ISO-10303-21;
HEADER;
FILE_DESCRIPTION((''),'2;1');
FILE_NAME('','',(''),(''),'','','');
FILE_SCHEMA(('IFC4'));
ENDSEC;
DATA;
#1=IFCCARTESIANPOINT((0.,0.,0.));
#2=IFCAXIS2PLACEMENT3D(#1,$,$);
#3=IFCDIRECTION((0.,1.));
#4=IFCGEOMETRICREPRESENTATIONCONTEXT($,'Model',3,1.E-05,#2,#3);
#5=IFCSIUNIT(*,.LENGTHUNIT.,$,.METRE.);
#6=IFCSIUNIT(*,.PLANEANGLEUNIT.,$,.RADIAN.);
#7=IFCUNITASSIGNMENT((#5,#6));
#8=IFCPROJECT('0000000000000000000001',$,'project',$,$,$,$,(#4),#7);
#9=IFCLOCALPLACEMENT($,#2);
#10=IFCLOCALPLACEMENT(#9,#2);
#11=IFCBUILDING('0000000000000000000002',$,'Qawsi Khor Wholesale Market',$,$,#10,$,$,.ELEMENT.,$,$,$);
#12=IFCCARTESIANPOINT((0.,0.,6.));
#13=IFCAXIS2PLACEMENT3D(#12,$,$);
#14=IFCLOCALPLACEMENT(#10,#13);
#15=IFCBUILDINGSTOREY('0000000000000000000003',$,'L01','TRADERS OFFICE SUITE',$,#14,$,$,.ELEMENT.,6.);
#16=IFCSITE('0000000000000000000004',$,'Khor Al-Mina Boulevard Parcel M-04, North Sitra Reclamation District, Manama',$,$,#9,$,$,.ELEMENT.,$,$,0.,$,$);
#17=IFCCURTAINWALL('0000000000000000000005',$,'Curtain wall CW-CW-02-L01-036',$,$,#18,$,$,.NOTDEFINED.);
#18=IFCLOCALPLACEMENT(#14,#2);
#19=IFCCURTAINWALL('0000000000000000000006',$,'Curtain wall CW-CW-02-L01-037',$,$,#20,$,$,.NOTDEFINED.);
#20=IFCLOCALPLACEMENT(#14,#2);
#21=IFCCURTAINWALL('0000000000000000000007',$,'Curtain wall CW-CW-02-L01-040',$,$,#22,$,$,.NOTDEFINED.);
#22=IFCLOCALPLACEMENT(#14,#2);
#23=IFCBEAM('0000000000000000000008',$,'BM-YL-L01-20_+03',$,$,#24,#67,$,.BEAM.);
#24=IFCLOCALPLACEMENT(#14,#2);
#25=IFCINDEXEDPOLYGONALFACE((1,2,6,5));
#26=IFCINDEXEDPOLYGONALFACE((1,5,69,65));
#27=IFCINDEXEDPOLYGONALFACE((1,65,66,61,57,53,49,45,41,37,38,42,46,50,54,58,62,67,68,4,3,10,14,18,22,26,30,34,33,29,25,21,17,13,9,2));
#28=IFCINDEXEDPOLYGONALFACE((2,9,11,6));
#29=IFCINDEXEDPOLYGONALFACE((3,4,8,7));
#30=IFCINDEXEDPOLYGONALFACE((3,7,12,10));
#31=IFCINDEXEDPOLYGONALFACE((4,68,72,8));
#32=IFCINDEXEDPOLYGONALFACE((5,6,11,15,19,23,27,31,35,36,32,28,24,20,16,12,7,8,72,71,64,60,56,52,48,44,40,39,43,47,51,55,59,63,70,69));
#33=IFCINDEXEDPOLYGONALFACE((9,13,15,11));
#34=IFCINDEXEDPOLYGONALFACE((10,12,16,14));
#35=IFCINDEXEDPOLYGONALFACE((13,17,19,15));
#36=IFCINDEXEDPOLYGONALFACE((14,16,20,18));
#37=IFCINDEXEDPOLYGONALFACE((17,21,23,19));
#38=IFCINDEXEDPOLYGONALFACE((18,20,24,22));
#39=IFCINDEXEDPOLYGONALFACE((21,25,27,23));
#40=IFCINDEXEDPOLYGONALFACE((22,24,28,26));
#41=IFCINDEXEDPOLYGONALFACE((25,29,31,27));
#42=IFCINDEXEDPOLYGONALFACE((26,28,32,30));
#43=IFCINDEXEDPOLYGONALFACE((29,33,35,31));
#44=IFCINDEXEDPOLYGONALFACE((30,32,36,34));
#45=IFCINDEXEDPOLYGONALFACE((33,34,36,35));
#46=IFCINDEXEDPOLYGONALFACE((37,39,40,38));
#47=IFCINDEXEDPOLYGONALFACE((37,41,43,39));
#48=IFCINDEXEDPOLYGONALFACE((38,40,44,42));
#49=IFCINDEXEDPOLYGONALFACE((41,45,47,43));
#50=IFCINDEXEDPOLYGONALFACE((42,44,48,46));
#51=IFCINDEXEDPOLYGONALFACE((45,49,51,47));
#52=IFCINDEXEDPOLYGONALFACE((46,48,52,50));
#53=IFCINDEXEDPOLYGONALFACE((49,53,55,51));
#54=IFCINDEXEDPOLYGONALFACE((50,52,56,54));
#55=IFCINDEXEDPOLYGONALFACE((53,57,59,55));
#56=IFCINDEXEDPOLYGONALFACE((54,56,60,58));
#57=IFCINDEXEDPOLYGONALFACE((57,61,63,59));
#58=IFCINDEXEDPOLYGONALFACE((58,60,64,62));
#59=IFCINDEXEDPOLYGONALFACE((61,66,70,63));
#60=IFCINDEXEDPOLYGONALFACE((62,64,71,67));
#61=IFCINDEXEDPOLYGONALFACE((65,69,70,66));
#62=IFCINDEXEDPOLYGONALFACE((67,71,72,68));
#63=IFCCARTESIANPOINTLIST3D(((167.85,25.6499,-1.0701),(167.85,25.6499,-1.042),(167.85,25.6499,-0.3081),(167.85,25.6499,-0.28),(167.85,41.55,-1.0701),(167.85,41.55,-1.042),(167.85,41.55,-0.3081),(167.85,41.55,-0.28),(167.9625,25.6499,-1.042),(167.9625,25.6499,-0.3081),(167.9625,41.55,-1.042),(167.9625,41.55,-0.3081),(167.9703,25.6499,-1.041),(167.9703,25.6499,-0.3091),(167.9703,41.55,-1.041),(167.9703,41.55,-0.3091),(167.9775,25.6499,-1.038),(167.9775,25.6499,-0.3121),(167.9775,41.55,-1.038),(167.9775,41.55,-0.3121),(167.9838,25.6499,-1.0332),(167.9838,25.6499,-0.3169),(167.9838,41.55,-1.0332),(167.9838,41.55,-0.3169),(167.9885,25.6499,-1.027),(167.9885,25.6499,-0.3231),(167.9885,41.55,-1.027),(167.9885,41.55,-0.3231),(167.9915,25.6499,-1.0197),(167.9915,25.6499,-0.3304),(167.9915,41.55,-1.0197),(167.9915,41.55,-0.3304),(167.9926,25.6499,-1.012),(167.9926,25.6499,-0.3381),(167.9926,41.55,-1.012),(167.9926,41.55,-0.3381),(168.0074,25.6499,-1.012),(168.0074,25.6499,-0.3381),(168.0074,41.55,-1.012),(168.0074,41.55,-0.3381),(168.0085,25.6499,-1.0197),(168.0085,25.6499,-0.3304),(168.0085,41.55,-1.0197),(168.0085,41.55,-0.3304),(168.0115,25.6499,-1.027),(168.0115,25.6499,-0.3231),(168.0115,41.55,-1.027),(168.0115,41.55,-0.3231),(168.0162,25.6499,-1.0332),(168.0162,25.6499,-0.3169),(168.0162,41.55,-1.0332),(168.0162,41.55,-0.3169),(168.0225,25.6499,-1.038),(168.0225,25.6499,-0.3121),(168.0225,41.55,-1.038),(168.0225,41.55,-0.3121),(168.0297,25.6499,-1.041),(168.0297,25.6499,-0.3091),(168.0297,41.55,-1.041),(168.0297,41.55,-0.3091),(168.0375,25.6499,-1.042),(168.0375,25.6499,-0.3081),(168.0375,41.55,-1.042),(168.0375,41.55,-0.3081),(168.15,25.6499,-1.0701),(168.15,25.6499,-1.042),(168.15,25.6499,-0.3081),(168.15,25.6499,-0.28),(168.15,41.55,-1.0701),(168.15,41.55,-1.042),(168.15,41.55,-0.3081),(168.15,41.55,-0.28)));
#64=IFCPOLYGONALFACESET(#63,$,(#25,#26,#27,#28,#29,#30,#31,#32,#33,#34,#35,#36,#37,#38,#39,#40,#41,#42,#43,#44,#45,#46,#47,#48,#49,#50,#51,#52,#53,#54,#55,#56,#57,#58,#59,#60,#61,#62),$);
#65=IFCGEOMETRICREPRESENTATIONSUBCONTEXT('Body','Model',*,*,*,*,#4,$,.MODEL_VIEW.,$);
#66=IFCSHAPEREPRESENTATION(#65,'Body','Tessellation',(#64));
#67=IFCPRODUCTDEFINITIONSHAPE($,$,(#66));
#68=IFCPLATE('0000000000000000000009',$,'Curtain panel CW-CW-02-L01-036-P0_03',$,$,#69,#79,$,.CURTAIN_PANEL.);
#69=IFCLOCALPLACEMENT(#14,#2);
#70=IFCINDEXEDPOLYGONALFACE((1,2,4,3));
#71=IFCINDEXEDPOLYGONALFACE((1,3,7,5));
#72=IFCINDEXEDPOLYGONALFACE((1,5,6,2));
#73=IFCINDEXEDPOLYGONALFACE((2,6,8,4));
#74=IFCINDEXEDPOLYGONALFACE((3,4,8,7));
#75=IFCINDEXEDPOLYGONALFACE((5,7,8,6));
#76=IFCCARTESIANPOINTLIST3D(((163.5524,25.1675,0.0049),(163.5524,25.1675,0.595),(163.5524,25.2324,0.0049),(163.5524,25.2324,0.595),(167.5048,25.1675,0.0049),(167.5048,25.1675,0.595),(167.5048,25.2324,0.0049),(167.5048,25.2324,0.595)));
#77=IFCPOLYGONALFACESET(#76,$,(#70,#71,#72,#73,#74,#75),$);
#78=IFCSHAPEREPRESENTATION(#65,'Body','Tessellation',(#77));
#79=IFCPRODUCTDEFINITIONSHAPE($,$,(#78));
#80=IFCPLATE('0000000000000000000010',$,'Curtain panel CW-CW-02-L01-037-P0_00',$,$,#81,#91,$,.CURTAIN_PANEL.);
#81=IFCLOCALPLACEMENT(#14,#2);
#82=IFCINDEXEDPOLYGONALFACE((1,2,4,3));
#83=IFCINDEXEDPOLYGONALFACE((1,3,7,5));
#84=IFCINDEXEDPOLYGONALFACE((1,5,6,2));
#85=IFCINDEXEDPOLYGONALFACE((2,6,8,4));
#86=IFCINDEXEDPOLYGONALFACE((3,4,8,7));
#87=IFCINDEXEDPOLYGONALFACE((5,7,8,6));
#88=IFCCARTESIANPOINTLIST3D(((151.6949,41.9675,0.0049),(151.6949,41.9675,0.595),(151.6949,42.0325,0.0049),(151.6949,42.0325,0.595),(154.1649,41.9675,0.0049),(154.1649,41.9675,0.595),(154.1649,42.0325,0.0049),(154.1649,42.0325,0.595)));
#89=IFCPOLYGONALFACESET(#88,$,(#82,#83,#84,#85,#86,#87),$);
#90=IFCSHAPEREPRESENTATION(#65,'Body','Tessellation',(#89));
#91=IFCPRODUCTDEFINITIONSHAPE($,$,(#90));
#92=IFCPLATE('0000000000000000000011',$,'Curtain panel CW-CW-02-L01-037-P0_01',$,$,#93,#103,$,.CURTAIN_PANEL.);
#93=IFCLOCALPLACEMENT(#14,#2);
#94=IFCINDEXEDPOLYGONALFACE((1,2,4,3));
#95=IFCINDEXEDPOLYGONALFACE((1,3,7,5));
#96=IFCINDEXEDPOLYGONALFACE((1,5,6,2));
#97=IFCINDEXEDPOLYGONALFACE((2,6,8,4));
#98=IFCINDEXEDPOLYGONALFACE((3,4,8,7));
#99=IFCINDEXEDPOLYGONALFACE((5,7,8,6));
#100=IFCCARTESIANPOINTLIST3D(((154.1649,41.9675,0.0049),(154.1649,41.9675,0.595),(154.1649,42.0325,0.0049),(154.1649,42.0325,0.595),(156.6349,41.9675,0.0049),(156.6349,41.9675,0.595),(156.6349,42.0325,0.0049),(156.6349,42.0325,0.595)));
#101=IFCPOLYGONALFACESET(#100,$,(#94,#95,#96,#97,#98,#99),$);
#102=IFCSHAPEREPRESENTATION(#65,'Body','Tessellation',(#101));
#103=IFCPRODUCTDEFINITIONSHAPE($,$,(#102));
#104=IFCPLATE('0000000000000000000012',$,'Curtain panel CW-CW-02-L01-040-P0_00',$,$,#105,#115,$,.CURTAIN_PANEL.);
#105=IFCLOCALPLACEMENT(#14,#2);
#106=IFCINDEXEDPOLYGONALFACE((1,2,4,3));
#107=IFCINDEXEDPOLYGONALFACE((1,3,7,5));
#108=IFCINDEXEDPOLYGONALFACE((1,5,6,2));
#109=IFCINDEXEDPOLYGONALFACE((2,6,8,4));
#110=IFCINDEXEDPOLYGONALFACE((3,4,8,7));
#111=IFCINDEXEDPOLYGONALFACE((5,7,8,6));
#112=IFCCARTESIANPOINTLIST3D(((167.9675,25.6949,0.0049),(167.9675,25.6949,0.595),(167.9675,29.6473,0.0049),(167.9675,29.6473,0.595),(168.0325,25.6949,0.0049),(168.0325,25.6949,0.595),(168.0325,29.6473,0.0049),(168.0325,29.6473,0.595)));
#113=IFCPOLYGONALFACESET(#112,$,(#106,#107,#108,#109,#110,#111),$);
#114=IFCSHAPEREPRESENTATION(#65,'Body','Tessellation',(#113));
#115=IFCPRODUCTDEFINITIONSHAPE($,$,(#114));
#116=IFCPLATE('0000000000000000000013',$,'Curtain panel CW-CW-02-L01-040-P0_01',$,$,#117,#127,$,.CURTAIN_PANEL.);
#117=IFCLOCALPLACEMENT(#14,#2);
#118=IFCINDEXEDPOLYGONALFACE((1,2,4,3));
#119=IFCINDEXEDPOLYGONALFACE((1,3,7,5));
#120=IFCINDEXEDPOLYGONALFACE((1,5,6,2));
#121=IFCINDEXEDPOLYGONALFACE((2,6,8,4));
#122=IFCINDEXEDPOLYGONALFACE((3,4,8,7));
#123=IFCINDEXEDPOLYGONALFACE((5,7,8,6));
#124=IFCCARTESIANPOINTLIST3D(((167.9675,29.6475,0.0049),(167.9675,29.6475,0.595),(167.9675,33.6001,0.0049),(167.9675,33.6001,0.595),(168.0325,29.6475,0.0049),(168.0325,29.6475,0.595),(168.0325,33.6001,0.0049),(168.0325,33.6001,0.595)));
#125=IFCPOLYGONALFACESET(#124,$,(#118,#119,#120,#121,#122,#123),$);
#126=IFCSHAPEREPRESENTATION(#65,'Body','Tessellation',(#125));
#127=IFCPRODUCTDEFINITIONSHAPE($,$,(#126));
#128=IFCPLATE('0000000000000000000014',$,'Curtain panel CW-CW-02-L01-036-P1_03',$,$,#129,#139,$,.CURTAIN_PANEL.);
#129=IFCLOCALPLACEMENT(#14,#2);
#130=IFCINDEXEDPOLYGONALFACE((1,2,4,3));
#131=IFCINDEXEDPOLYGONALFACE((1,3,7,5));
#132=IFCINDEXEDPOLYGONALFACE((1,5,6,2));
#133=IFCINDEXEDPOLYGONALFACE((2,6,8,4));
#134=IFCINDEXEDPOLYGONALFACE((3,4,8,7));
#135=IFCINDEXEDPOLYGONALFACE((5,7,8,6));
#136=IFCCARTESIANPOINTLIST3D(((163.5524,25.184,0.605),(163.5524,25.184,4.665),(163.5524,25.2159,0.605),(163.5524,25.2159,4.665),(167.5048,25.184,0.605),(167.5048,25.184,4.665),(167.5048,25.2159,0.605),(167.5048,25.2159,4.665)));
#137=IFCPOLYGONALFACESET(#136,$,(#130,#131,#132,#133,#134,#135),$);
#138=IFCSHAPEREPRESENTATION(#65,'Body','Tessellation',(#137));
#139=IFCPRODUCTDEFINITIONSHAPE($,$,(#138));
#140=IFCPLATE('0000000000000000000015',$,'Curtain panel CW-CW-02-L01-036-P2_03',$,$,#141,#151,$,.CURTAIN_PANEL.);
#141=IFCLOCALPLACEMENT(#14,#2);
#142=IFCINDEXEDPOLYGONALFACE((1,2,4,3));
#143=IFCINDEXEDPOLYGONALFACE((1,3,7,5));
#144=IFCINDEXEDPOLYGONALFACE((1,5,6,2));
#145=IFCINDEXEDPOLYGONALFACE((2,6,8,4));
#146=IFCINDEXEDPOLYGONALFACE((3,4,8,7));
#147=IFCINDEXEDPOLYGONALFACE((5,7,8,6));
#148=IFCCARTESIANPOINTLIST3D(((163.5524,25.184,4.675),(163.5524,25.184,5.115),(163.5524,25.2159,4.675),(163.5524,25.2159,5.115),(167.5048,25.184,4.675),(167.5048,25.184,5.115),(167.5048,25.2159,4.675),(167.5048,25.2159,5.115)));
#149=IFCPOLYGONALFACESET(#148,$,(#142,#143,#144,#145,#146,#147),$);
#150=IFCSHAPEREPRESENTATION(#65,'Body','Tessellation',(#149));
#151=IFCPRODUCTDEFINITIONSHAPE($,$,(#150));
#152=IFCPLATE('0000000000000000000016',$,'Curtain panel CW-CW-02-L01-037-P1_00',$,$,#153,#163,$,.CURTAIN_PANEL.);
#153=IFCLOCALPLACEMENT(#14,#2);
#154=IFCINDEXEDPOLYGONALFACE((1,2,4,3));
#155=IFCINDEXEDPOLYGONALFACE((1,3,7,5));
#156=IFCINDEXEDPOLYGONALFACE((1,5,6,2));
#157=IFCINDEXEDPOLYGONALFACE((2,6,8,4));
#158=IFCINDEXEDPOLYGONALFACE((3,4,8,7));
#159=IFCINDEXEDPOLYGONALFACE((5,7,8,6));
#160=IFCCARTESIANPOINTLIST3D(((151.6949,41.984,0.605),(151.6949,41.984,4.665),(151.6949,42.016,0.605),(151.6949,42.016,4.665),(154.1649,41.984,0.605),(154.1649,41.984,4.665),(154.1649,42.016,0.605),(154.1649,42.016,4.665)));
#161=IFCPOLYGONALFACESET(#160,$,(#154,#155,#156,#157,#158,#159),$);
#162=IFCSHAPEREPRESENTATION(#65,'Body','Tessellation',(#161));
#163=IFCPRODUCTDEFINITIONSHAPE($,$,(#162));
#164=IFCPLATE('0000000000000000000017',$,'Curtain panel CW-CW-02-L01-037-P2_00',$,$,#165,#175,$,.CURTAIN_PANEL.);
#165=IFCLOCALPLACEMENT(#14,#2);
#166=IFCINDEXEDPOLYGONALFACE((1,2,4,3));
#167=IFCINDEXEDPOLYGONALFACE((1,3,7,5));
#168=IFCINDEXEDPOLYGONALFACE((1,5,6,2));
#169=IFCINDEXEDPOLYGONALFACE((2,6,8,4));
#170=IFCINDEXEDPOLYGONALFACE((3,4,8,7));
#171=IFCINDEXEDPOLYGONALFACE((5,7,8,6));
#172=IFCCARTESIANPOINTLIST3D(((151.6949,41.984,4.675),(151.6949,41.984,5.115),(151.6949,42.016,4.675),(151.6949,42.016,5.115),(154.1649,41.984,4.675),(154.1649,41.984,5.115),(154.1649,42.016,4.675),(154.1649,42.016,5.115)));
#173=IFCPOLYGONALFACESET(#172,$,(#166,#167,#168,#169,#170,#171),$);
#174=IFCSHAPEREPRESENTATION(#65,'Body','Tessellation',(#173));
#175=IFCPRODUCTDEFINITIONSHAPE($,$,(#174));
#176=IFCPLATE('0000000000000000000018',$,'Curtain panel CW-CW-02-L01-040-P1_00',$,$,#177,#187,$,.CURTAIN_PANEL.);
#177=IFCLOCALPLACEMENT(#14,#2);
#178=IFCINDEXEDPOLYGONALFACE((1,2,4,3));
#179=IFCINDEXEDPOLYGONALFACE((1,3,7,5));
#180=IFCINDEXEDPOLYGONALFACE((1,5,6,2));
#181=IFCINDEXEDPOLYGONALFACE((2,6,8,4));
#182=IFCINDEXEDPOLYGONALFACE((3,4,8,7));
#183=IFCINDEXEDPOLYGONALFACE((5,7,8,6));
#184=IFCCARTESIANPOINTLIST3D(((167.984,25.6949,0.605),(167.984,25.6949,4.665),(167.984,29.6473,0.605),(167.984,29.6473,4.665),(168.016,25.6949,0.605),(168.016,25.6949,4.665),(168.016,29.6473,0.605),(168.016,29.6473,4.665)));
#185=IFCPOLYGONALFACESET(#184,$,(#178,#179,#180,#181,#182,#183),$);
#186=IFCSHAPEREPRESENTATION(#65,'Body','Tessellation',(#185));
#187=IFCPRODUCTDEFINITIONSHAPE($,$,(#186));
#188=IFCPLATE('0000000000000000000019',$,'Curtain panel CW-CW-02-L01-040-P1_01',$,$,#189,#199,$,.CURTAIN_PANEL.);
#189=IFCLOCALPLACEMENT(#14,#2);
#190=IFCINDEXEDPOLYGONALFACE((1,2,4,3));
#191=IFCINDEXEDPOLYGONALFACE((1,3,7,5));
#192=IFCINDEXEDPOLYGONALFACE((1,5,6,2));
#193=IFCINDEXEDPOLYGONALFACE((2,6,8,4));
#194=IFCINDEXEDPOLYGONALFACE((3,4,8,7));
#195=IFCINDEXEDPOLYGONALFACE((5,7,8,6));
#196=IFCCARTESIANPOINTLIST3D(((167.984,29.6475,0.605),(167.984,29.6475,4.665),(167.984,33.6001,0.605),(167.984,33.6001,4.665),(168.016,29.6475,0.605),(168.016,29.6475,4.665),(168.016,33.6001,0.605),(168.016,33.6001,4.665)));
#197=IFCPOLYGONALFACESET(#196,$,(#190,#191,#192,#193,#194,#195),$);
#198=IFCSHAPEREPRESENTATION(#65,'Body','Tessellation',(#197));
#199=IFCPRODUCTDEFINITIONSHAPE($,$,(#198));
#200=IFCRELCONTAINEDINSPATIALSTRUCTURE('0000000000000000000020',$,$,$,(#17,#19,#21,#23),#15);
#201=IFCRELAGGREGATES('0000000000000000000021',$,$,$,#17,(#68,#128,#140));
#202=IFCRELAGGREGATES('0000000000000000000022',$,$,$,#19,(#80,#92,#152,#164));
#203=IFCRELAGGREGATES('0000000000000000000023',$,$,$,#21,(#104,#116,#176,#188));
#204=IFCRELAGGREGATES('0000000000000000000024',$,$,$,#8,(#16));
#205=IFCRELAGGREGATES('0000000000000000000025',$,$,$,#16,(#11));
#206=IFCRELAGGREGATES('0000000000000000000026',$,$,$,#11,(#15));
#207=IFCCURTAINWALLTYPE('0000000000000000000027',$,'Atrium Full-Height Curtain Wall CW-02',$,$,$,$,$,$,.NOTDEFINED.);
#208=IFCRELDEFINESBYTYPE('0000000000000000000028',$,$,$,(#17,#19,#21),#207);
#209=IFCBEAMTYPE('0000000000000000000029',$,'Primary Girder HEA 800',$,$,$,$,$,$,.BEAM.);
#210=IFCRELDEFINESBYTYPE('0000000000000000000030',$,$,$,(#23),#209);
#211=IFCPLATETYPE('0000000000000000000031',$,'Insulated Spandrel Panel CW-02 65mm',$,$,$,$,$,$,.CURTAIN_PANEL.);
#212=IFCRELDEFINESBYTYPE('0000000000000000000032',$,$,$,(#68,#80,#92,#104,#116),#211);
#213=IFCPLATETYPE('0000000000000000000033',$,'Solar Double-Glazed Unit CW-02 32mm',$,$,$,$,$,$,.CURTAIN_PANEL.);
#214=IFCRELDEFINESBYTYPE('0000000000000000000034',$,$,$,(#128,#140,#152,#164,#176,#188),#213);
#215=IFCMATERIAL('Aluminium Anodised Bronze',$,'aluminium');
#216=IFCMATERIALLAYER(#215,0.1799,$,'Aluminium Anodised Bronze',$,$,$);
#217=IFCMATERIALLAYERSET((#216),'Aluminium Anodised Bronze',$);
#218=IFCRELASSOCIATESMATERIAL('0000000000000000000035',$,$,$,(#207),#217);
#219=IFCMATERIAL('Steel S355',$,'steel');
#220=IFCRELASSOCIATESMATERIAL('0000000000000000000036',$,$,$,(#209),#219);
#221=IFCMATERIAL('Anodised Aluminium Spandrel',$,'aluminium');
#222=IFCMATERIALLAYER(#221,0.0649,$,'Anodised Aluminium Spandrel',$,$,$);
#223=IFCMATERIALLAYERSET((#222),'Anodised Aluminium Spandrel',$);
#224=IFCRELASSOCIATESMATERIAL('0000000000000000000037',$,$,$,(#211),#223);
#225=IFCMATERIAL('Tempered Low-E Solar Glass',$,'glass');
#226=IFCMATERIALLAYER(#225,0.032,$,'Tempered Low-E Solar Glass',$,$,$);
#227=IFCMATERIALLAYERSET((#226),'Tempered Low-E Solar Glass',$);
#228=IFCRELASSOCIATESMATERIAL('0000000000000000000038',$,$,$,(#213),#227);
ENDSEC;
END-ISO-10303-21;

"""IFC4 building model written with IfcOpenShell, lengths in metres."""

from ifc_helpers import new_model, si_unit, direction, frame, frame_2d, origin, origin_2d, place, context, subcontext, project, spatial, rectangle, i_section, extrude, material, layer, layer_set, material_profile, profile_set, type_object, element, aggregate, save


model = new_model("IFC4")

# Units and contexts
model_context = context("Model", 3, precision=1e-05, world=origin(), true_north=direction((0.0, 1.0)))
body_context = subcontext(model_context, "Body", "Model", "MODEL_VIEW")
ifc_project = project(units=[si_unit("LENGTHUNIT", "METRE"), si_unit("PLANEANGLEUNIT", "RADIAN")], contexts=[model_context])

# Site, building, storey
site_placement = place(None, origin())
site = spatial("IfcSite", under=ifc_project, at=site_placement, Name="Khor Al-Mina Boulevard Parcel M-04, North Sitra Reclamation District, Manama", CompositionType="ELEMENT", RefElevation=0.0)
building_placement = place(site_placement, origin())
building = spatial("IfcBuilding", under=site, at=building_placement, Name="Qawsi Khor Wholesale Market", CompositionType="ELEMENT")
storey_placement = place(building_placement, frame((0.0, 0.0, 6.0)))
storey = spatial("IfcBuildingStorey", under=building, at=storey_placement, Name="L01", Description="TRADERS OFFICE SUITE", CompositionType="ELEMENT", Elevation=6.0)

# Curtain wall
ifc_material_1 = material(Name="Aluminium Anodised Bronze", Category="aluminium")
ifc_layer_1 = layer(ifc_material_1, 0.1799, Name="Aluminium Anodised Bronze")
ifc_layer_set_1 = layer_set([ifc_layer_1], Name="Aluminium Anodised Bronze")
curtain_wall_type = type_object("IfcCurtainWallType", Name="Atrium Full-Height Curtain Wall CW-02", PredefinedType="NOTDEFINED", material=ifc_layer_set_1)
curtain_wall_1_placement = place(storey_placement, origin())
curtain_wall_1 = element("IfcCurtainWall", 1, at=curtain_wall_1_placement, inside=storey, type_object=curtain_wall_type, Name="Curtain wall CW-CW-02-L01-036", PredefinedType="NOTDEFINED")

# Curtain walls
curtain_wall_2_placement = place(storey_placement, origin())
curtain_wall_2 = element("IfcCurtainWall", 2, at=curtain_wall_2_placement, inside=storey, type_object=curtain_wall_type, Name="Curtain wall CW-CW-02-L01-037", PredefinedType="NOTDEFINED")
curtain_wall_3_placement = place(storey_placement, origin())
curtain_wall_3 = element("IfcCurtainWall", 3, at=curtain_wall_3_placement, inside=storey, type_object=curtain_wall_type, Name="Curtain wall CW-CW-02-L01-040", PredefinedType="NOTDEFINED")

# Beam
ifc_material_2 = material(Name="Steel S355", Category="steel")
ifc_material_profile_1 = material_profile(ifc_material_2, i_section(OverallWidth=0.3, OverallDepth=0.79, WebThickness=0.0149, FlangeThickness=0.0281, FilletRadius=0.03, at=origin_2d()), Name="HEA 800")
ifc_profile_set_1 = profile_set([ifc_material_profile_1], Name="Steel S355")
beam_type_1 = type_object("IfcBeamType", Name="Primary Girder HEA 800", PredefinedType="BEAM", material=ifc_profile_set_1)
beam_1_placement = place(storey_placement, frame((168.0, 25.6499, -0.675), z_axis=(0.0, 1.0, 0.0), x_axis=(-1.0, 0.0, 0.0)))
element("IfcBeam", 4, at=beam_1_placement, inside=storey, type_object=beam_type_1, Name="BM-YL-L01-20_+03", PredefinedType="BEAM", context=body_context, shape_type="SweptSolid", body=[
    extrude(i_section(OverallWidth=0.3, OverallDepth=0.79, WebThickness=0.0149, FlangeThickness=0.0281, FilletRadius=0.03, at=origin_2d()), origin(), (0.0, 0.0, 1.0), 15.9001),
])

# Plates
ifc_material_3 = material(Name="Anodised Aluminium Spandrel", Category="aluminium")
ifc_layer_2 = layer(ifc_material_3, 0.0649, Name="Anodised Aluminium Spandrel")
ifc_layer_set_2 = layer_set([ifc_layer_2], Name="Anodised Aluminium Spandrel")
plate_type_1 = type_object("IfcPlateType", Name="Insulated Spandrel Panel CW-02 65mm", PredefinedType="CURTAIN_PANEL", material=ifc_layer_set_2)
plate_1_placement = place(storey_placement, frame((163.5525, 25.2, 0.0049), z_axis=(0.0, 0.0, 1.0), x_axis=(1.0, 0.0, 0.0)))
plate_1 = element("IfcPlate", 5, at=plate_1_placement, type_object=plate_type_1, Name="Curtain panel CW-CW-02-L01-036-P0_03", PredefinedType="CURTAIN_PANEL", context=body_context, shape_type="SweptSolid", body=[
    extrude(rectangle(XDim=3.9524, YDim=0.0649, at=frame_2d((1.9761, 0.0))), origin(), (0.0, 0.0, 1.0), 0.5901),
])
plate_2_placement = place(storey_placement, frame((151.6951, 42.0, 0.0049), z_axis=(0.0, 0.0, 1.0), x_axis=(1.0, 0.0, 0.0)))
plate_2 = element("IfcPlate", 6, at=plate_2_placement, type_object=plate_type_1, Name="Curtain panel CW-CW-02-L01-037-P0_00", PredefinedType="CURTAIN_PANEL", context=body_context, shape_type="SweptSolid", body=[
    extrude(rectangle(XDim=2.47, YDim=0.0649, at=frame_2d((1.2349, 0.0))), origin(), (0.0, 0.0, 1.0), 0.5901),
])
plate_3_placement = place(storey_placement, frame((154.165, 42.0, 0.0049), z_axis=(0.0, 0.0, 1.0), x_axis=(1.0, 0.0, 0.0)))
plate_3 = element("IfcPlate", 7, at=plate_3_placement, type_object=plate_type_1, Name="Curtain panel CW-CW-02-L01-037-P0_01", PredefinedType="CURTAIN_PANEL", context=body_context, shape_type="SweptSolid", body=[
    extrude(rectangle(XDim=2.47, YDim=0.0649, at=frame_2d((1.2349, 0.0))), origin(), (0.0, 0.0, 1.0), 0.5901),
])
plate_4_placement = place(storey_placement, frame((168.0, 25.6951, 0.0049), z_axis=(0.0, 0.0, 1.0), x_axis=(0.0, 1.0, 0.0)))
plate_4 = element("IfcPlate", 8, at=plate_4_placement, type_object=plate_type_1, Name="Curtain panel CW-CW-02-L01-040-P0_00", PredefinedType="CURTAIN_PANEL", context=body_context, shape_type="SweptSolid", body=[
    extrude(rectangle(XDim=3.9524, YDim=0.0649, at=frame_2d((1.9761, 0.0))), origin(), (0.0, 0.0, 1.0), 0.5901),
])
plate_5_placement = place(storey_placement, frame((168.0, 29.6475, 0.0049), z_axis=(0.0, 0.0, 1.0), x_axis=(0.0, 1.0, 0.0)))
plate_5 = element("IfcPlate", 9, at=plate_5_placement, type_object=plate_type_1, Name="Curtain panel CW-CW-02-L01-040-P0_01", PredefinedType="CURTAIN_PANEL", context=body_context, shape_type="SweptSolid", body=[
    extrude(rectangle(XDim=3.9526, YDim=0.0649, at=frame_2d((1.9763, 0.0))), origin(), (0.0, 0.0, 1.0), 0.5901),
])
ifc_material_4 = material(Name="Tempered Low-E Solar Glass", Category="glass")
ifc_layer_3 = layer(ifc_material_4, 0.032, Name="Tempered Low-E Solar Glass")
ifc_layer_set_3 = layer_set([ifc_layer_3], Name="Tempered Low-E Solar Glass")
plate_type_2 = type_object("IfcPlateType", Name="Solar Double-Glazed Unit CW-02 32mm", PredefinedType="CURTAIN_PANEL", material=ifc_layer_set_3)
plate_6_placement = place(storey_placement, frame((163.5525, 25.2, 0.605), z_axis=(0.0, 0.0, 1.0), x_axis=(1.0, 0.0, 0.0)))
plate_6 = element("IfcPlate", 10, at=plate_6_placement, type_object=plate_type_2, Name="Curtain panel CW-CW-02-L01-036-P1_03", PredefinedType="CURTAIN_PANEL", context=body_context, shape_type="SweptSolid", body=[
    extrude(rectangle(XDim=3.9524, YDim=0.032, at=frame_2d((1.9761, 0.0))), origin(), (0.0, 0.0, 1.0), 4.0601),
])
plate_7_placement = place(storey_placement, frame((163.5525, 25.2, 4.675), z_axis=(0.0, 0.0, 1.0), x_axis=(1.0, 0.0, 0.0)))
plate_7 = element("IfcPlate", 11, at=plate_7_placement, type_object=plate_type_2, Name="Curtain panel CW-CW-02-L01-036-P2_03", PredefinedType="CURTAIN_PANEL", context=body_context, shape_type="SweptSolid", body=[
    extrude(rectangle(XDim=3.9524, YDim=0.032, at=frame_2d((1.9761, 0.0))), origin(), (0.0, 0.0, 1.0), 0.4399),
])
aggregate(curtain_wall_1, [plate_1, plate_6, plate_7])
plate_8_placement = place(storey_placement, frame((151.6951, 42.0, 0.605), z_axis=(0.0, 0.0, 1.0), x_axis=(1.0, 0.0, 0.0)))
plate_8 = element("IfcPlate", 12, at=plate_8_placement, type_object=plate_type_2, Name="Curtain panel CW-CW-02-L01-037-P1_00", PredefinedType="CURTAIN_PANEL", context=body_context, shape_type="SweptSolid", body=[
    extrude(rectangle(XDim=2.47, YDim=0.032, at=frame_2d((1.2349, 0.0))), origin(), (0.0, 0.0, 1.0), 4.0601),
])
plate_9_placement = place(storey_placement, frame((151.6951, 42.0, 4.675), z_axis=(0.0, 0.0, 1.0), x_axis=(1.0, 0.0, 0.0)))
plate_9 = element("IfcPlate", 13, at=plate_9_placement, type_object=plate_type_2, Name="Curtain panel CW-CW-02-L01-037-P2_00", PredefinedType="CURTAIN_PANEL", context=body_context, shape_type="SweptSolid", body=[
    extrude(rectangle(XDim=2.47, YDim=0.032, at=frame_2d((1.2349, 0.0))), origin(), (0.0, 0.0, 1.0), 0.4399),
])
aggregate(curtain_wall_2, [plate_2, plate_3, plate_8, plate_9])
plate_10_placement = place(storey_placement, frame((168.0, 25.6951, 0.605), z_axis=(0.0, 0.0, 1.0), x_axis=(0.0, 1.0, 0.0)))
plate_10 = element("IfcPlate", 14, at=plate_10_placement, type_object=plate_type_2, Name="Curtain panel CW-CW-02-L01-040-P1_00", PredefinedType="CURTAIN_PANEL", context=body_context, shape_type="SweptSolid", body=[
    extrude(rectangle(XDim=3.9524, YDim=0.032, at=frame_2d((1.9761, 0.0))), origin(), (0.0, 0.0, 1.0), 4.0601),
])
plate_11_placement = place(storey_placement, frame((168.0, 29.6475, 0.605), z_axis=(0.0, 0.0, 1.0), x_axis=(0.0, 1.0, 0.0)))
plate_11 = element("IfcPlate", 15, at=plate_11_placement, type_object=plate_type_2, Name="Curtain panel CW-CW-02-L01-040-P1_01", PredefinedType="CURTAIN_PANEL", context=body_context, shape_type="SweptSolid", body=[
    extrude(rectangle(XDim=3.9526, YDim=0.032, at=frame_2d((1.9763, 0.0))), origin(), (0.0, 0.0, 1.0), 4.0601),
])
aggregate(curtain_wall_3, [plate_4, plate_5, plate_10, plate_11])

save(model, "model.ifc")
